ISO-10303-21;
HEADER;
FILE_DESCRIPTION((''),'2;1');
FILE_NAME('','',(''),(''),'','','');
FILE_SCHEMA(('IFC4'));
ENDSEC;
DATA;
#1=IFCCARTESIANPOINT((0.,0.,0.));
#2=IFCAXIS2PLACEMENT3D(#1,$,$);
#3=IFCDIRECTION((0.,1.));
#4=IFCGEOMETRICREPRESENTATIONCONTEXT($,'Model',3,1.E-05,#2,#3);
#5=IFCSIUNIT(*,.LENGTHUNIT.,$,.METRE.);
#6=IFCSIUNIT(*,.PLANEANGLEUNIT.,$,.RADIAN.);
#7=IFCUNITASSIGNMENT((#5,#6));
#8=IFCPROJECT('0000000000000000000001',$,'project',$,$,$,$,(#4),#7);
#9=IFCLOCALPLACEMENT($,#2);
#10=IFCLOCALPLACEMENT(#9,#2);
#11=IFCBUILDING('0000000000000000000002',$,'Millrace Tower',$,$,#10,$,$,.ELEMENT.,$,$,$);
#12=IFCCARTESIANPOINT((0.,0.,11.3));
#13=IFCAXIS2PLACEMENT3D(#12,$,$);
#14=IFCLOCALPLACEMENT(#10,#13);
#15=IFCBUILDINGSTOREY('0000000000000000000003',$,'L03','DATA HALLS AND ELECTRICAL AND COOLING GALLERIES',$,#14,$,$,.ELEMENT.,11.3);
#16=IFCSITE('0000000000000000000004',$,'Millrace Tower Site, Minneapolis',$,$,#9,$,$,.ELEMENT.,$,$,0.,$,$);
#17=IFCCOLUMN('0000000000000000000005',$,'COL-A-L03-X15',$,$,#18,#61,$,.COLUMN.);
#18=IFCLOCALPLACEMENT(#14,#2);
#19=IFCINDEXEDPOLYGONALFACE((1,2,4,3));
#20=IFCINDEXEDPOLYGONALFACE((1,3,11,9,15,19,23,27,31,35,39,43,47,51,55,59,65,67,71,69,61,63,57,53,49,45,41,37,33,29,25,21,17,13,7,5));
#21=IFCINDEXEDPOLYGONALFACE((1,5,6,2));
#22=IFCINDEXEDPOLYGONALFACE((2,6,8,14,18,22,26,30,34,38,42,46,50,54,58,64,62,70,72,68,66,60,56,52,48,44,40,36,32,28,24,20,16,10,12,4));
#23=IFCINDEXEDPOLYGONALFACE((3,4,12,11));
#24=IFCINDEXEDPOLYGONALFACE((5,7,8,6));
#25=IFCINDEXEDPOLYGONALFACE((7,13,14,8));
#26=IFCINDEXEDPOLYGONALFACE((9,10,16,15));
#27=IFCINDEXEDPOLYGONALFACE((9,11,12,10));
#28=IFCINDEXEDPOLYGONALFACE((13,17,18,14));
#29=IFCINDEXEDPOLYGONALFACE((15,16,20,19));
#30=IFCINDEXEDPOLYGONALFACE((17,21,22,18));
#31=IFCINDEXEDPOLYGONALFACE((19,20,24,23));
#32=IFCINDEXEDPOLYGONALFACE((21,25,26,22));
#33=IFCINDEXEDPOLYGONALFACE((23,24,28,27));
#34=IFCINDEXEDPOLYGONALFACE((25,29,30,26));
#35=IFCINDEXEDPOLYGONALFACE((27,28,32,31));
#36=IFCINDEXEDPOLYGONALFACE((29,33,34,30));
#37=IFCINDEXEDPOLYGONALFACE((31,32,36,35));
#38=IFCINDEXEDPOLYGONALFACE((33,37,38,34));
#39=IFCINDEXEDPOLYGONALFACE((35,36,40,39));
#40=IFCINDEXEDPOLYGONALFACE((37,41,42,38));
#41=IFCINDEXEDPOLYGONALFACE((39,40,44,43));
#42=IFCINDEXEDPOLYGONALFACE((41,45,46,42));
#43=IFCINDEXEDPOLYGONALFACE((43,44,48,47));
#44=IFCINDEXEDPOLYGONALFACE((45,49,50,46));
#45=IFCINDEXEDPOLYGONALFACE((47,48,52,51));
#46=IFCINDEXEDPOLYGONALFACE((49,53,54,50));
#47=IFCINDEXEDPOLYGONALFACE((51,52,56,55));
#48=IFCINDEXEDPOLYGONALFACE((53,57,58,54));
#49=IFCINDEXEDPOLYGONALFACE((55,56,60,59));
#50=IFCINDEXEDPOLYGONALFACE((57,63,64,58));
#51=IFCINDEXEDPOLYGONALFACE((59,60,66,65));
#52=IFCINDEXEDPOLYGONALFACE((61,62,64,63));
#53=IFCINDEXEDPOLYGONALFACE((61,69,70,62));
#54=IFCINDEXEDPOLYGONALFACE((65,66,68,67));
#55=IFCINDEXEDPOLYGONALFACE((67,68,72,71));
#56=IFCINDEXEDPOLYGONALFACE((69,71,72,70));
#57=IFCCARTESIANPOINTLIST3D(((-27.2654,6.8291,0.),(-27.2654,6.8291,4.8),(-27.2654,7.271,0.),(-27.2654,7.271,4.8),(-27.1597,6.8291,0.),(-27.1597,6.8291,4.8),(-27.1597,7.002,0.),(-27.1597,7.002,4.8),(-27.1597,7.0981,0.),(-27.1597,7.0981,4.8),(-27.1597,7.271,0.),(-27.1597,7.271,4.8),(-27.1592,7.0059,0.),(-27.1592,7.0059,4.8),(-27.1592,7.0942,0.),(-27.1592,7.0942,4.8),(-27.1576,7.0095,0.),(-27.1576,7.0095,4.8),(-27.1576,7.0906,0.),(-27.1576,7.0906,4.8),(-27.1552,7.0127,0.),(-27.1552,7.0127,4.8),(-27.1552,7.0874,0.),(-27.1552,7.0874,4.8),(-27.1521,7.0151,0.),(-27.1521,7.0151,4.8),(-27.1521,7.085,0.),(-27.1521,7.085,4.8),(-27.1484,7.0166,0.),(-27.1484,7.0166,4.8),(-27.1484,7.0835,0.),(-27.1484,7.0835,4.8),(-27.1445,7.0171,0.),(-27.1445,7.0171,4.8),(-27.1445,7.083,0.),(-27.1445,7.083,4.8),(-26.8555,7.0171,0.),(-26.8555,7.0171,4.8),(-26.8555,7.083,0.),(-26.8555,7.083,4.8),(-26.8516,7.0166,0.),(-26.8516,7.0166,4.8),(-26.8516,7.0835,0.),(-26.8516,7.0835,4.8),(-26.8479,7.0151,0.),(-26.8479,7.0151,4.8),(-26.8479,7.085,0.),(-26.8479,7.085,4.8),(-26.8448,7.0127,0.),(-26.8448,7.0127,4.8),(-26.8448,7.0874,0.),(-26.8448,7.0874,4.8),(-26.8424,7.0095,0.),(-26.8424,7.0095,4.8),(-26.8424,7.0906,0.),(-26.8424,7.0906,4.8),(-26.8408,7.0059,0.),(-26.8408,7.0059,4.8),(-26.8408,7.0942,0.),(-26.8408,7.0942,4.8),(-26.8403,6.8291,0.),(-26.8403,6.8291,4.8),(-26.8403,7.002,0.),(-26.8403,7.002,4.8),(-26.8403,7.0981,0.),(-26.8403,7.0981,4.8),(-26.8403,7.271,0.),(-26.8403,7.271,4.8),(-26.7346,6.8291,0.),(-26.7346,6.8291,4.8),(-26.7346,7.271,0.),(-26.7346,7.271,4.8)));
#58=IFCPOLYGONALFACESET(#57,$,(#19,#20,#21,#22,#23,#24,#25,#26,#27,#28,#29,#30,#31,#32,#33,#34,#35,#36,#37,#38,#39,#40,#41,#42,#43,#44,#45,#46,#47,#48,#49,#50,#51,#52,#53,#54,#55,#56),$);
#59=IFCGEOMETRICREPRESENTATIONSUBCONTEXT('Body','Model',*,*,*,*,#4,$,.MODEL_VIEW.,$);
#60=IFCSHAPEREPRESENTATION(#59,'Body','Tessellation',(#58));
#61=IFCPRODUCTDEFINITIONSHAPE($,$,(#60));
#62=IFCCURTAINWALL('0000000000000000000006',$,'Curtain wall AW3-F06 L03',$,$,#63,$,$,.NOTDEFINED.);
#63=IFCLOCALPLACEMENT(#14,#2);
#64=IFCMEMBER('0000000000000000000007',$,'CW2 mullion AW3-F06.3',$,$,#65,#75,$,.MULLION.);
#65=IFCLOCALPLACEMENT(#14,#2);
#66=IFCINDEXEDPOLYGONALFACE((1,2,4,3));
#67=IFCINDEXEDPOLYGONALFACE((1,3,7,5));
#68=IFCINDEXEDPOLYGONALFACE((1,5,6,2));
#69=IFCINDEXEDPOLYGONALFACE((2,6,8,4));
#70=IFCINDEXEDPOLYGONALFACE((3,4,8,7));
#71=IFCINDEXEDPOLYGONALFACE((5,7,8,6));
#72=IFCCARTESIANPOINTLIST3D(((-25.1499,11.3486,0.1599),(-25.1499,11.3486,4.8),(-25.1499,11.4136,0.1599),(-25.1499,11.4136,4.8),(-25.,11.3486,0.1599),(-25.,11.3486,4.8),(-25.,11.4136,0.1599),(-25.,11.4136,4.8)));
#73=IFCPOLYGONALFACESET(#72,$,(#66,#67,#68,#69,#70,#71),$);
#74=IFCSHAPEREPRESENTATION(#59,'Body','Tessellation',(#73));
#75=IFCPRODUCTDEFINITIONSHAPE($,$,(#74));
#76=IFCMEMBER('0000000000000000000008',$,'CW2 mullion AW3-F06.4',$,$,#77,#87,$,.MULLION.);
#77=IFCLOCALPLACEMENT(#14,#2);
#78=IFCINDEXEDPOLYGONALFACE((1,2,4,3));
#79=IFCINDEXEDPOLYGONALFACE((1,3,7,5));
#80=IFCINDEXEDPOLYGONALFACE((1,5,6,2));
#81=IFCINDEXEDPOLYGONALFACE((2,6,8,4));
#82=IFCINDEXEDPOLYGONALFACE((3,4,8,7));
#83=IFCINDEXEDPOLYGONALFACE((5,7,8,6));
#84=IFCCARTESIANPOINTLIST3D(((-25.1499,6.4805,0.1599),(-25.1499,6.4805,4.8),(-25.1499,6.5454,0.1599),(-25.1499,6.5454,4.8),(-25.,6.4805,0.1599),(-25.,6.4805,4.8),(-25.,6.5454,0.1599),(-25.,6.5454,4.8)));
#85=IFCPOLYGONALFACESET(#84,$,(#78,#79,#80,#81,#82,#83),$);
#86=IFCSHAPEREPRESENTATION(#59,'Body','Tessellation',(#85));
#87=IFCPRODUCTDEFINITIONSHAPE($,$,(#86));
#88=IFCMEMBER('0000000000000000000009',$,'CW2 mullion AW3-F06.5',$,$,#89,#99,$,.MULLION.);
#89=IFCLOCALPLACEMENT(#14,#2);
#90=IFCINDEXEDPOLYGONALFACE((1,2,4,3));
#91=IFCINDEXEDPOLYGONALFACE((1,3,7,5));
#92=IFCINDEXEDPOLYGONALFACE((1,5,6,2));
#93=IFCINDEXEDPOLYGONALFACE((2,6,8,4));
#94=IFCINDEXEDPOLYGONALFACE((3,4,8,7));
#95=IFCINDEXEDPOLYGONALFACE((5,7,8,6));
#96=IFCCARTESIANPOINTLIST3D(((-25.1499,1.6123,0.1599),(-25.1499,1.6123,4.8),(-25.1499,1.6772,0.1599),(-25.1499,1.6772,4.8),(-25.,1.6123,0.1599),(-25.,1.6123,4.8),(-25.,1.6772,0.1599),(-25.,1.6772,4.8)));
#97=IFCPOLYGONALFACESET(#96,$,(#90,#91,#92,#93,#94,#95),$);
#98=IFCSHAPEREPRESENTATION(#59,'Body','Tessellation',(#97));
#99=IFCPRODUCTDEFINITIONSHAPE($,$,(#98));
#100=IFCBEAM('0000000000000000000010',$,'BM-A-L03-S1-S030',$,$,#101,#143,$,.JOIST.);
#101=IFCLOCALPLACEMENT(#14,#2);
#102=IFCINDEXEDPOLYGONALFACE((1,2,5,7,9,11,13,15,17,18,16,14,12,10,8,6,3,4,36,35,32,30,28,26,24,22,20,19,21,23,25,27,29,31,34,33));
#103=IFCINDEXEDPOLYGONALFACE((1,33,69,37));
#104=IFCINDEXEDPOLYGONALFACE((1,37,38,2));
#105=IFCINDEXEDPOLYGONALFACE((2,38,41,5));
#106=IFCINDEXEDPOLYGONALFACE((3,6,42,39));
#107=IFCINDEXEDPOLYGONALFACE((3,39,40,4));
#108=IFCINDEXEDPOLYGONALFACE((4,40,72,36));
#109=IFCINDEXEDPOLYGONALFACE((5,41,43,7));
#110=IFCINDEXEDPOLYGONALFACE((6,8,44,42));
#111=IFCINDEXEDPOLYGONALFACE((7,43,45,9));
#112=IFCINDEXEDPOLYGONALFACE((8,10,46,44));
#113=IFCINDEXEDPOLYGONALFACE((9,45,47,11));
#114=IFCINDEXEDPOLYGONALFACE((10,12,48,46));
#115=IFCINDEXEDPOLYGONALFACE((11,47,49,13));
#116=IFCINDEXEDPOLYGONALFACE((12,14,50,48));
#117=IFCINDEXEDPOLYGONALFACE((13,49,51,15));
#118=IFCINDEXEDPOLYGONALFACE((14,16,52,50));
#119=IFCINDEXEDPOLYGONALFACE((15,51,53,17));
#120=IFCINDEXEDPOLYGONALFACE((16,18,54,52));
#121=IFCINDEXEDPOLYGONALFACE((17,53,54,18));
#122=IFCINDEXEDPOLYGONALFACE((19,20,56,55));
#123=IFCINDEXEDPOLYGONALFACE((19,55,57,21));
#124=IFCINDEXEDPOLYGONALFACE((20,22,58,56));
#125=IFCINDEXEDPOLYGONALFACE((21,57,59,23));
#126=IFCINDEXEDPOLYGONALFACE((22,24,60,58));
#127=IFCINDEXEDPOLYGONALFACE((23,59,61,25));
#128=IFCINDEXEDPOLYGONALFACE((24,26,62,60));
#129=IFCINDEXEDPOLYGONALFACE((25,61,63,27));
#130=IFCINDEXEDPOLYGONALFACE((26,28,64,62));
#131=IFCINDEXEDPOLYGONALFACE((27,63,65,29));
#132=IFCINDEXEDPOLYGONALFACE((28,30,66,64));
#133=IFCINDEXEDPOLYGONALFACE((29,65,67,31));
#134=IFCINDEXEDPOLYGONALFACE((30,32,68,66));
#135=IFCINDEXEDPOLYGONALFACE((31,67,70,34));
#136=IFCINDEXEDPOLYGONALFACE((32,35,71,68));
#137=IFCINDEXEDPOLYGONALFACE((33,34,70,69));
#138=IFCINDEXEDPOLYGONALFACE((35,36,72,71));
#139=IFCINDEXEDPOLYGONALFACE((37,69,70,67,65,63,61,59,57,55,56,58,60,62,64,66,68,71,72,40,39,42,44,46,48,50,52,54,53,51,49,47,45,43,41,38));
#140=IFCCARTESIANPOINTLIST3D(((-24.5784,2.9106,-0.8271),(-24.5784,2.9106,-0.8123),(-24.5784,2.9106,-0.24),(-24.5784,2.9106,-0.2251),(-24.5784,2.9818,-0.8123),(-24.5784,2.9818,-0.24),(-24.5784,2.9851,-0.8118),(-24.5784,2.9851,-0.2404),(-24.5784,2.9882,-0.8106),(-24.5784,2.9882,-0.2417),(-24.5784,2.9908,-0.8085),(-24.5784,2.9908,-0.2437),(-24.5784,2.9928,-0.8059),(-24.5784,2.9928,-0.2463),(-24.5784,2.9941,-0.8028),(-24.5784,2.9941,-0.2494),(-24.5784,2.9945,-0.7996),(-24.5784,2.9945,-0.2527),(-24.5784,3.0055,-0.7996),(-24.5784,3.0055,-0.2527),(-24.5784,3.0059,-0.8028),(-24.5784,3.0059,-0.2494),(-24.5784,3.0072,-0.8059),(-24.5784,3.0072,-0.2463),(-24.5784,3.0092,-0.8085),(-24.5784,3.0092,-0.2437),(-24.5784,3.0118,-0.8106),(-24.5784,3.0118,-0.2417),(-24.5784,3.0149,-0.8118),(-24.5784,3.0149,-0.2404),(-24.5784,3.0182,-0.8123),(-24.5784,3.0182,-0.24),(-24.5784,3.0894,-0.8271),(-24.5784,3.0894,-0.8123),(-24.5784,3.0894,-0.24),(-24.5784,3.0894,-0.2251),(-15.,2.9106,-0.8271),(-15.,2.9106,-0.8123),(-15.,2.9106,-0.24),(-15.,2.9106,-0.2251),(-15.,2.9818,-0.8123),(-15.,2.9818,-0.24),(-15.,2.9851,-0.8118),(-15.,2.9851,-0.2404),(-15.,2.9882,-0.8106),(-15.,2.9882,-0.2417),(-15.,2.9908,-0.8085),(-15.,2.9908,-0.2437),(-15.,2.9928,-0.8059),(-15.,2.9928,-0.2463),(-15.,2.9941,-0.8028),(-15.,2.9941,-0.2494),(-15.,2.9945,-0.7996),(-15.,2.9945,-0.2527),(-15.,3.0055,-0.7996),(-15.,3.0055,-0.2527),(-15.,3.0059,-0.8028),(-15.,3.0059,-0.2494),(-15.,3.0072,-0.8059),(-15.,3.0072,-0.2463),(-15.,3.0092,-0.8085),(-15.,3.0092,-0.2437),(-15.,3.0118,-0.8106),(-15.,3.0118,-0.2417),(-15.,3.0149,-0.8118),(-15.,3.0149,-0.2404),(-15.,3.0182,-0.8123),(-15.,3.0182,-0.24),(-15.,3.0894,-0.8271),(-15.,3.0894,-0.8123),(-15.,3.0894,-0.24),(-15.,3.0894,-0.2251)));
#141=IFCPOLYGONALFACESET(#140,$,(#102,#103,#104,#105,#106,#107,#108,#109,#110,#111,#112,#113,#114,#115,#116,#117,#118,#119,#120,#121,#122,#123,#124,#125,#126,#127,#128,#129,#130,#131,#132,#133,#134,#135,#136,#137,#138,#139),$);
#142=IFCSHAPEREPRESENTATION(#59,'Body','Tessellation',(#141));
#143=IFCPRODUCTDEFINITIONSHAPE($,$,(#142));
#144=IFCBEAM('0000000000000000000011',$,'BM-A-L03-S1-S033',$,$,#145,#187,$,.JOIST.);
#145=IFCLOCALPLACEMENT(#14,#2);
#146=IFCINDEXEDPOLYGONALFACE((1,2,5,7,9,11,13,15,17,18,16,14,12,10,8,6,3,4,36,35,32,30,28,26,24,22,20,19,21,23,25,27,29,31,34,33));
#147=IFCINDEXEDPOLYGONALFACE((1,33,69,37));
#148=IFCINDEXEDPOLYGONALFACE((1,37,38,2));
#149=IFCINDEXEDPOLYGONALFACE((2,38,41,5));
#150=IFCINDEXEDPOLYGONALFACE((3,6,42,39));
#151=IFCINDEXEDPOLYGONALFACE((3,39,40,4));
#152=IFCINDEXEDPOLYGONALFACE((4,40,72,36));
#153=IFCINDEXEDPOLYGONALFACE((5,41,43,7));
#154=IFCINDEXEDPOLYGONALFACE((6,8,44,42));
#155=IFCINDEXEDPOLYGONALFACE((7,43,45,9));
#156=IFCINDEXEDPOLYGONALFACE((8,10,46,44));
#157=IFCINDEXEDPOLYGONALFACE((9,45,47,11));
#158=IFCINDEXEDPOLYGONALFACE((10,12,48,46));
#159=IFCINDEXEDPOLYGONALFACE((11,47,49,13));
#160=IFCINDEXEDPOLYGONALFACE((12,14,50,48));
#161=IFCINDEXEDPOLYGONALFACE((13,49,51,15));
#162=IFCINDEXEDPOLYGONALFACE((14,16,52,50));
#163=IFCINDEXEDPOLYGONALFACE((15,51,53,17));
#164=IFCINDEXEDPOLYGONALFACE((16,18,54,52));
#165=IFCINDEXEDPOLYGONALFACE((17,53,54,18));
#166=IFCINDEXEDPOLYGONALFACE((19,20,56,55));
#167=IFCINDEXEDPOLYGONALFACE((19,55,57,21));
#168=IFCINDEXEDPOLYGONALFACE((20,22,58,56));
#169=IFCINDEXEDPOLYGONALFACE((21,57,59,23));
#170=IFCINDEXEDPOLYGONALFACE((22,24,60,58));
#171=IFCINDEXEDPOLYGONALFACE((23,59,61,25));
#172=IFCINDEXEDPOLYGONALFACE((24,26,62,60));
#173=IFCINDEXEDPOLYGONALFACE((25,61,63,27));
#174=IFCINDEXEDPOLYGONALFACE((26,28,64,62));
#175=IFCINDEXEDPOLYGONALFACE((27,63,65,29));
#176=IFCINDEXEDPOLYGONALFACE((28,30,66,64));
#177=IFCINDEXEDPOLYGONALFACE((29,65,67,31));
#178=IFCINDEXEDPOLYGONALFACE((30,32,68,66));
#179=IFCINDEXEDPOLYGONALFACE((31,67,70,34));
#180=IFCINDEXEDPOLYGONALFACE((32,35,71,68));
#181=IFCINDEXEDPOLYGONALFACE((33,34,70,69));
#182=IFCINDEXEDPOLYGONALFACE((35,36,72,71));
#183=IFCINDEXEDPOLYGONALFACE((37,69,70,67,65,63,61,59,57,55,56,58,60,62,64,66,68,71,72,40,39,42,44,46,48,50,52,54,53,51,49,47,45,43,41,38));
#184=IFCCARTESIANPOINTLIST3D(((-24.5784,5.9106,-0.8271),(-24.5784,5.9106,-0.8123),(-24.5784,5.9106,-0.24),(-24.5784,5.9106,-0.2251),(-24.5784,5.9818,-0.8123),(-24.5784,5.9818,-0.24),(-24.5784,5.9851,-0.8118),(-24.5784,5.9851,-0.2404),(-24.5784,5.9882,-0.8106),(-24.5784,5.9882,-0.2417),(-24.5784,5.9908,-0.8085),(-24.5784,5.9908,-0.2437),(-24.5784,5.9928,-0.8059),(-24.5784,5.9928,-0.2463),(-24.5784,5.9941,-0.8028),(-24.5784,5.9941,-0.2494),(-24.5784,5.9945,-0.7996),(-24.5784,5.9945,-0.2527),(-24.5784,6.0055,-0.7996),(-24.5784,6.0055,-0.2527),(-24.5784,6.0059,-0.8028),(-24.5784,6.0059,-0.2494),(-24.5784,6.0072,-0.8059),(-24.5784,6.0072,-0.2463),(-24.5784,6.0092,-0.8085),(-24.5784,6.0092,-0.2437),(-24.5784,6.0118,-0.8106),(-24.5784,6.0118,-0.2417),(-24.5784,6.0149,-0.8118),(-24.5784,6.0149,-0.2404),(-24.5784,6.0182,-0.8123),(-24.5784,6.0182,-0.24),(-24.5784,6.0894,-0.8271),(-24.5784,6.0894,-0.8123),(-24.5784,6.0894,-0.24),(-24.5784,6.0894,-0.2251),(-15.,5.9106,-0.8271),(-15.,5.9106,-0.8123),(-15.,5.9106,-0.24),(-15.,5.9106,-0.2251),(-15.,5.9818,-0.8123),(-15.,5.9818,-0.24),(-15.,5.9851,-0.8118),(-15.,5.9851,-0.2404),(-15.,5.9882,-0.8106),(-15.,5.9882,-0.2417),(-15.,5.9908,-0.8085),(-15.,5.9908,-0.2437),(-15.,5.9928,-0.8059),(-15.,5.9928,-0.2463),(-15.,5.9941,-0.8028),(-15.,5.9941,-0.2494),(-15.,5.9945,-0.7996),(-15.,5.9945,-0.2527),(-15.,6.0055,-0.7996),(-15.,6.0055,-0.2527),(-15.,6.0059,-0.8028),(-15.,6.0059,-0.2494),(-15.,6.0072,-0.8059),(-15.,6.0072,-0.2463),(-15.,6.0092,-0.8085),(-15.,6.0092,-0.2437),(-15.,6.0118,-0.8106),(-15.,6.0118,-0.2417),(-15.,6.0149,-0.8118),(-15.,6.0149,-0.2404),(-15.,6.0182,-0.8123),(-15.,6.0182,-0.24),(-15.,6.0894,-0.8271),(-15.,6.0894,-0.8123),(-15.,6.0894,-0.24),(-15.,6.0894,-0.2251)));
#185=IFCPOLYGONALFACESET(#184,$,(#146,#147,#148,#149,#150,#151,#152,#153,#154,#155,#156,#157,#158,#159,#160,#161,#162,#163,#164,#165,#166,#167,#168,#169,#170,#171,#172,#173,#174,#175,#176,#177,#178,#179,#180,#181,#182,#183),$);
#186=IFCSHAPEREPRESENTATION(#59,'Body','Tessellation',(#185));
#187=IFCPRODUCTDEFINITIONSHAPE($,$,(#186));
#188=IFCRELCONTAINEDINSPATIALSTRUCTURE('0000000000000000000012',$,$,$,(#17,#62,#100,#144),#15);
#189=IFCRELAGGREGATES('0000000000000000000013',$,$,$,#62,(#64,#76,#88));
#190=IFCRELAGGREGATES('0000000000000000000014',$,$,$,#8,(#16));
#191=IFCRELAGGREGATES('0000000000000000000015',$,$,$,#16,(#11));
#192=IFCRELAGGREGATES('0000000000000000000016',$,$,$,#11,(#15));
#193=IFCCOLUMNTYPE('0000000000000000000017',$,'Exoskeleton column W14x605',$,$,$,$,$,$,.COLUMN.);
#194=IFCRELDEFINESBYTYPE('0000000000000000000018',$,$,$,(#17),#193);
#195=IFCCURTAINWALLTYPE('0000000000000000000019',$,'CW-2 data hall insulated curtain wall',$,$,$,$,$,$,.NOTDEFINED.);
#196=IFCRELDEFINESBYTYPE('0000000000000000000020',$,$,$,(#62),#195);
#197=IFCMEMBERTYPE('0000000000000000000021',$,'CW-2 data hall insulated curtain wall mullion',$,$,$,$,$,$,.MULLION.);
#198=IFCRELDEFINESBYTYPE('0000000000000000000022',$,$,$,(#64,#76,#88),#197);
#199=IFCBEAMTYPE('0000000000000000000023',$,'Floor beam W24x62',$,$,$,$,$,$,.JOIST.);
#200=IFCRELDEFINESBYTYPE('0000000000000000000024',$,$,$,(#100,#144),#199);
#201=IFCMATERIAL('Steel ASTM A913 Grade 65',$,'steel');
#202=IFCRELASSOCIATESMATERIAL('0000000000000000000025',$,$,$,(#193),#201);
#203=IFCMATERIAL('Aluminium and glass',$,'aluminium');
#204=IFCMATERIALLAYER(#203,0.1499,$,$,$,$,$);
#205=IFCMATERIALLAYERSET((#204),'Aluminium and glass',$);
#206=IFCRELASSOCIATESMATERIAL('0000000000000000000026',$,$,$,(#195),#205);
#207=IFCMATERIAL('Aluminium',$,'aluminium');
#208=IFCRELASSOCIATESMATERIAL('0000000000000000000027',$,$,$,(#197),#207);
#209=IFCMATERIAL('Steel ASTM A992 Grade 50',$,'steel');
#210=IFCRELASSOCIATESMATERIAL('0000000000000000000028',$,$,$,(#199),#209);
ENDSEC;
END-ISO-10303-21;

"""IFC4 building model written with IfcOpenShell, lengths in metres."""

from ifc_helpers import new_model, si_unit, direction, frame, origin, origin_2d, place, context, subcontext, project, spatial, rectangle, i_section, extrude, material, layer, layer_set, material_profile, profile_set, type_object, element, aggregate, save


model = new_model("IFC4")

# Units and contexts
model_context = context("Model", 3, precision=1e-05, world=origin(), true_north=direction((0.0, 1.0)))
body_context = subcontext(model_context, "Body", "Model", "MODEL_VIEW")
ifc_project = project(units=[si_unit("LENGTHUNIT", "METRE"), si_unit("PLANEANGLEUNIT", "RADIAN")], contexts=[model_context])

# Site, building, storey
site_placement = place(None, origin())
site = spatial("IfcSite", under=ifc_project, at=site_placement, Name="Millrace Tower Site, Minneapolis", CompositionType="ELEMENT", RefElevation=0.0)
building_placement = place(site_placement, origin())
building = spatial("IfcBuilding", under=site, at=building_placement, Name="Millrace Tower", CompositionType="ELEMENT")
storey_placement = place(building_placement, frame((0.0, 0.0, 11.3)))
storey = spatial("IfcBuildingStorey", under=building, at=storey_placement, Name="L03", Description="DATA HALLS AND ELECTRICAL AND COOLING GALLERIES", CompositionType="ELEMENT", Elevation=11.3)

# Column
ifc_material_1 = material(Name="Steel ASTM A913 Grade 65", Category="steel")
ifc_material_profile_1 = material_profile(ifc_material_1, i_section(OverallWidth=0.4419, OverallDepth=0.5308, WebThickness=0.0659, FlangeThickness=0.1057, FilletRadius=0.0151, at=origin_2d()))
ifc_profile_set_1 = profile_set([ifc_material_profile_1], Name="Steel ASTM A913 Grade 65")
column_type = type_object("IfcColumnType", Name="Exoskeleton column W14x605", PredefinedType="COLUMN", material=ifc_profile_set_1)
column_placement = place(storey_placement, frame((-27.0, 7.05, 0.0), z_axis=(0.0, 0.0, 1.0), x_axis=(0.0, -1.0, 0.0)))
element("IfcColumn", 1, at=column_placement, inside=storey, type_object=column_type, Name="COL-A-L03-X15", PredefinedType="COLUMN", context=body_context, shape_type="SweptSolid", body=[
    extrude(i_section(OverallWidth=0.4419, OverallDepth=0.5308, WebThickness=0.0659, FlangeThickness=0.1057, FilletRadius=0.0151, at=origin_2d()), origin(), (0.0, 0.0, 1.0), 4.8),
])

# Curtain wall, members
ifc_material_2 = material(Name="Aluminium and glass", Category="aluminium")
ifc_layer_1 = layer(ifc_material_2, 0.1499)
ifc_layer_set_1 = layer_set([ifc_layer_1], Name="Aluminium and glass")
curtain_wall_type = type_object("IfcCurtainWallType", Name="CW-2 data hall insulated curtain wall", PredefinedType="NOTDEFINED", material=ifc_layer_set_1)
curtain_wall_placement = place(storey_placement, origin())
curtain_wall = element("IfcCurtainWall", 2, at=curtain_wall_placement, inside=storey, type_object=curtain_wall_type, Name="Curtain wall AW3-F06 L03", PredefinedType="NOTDEFINED")
ifc_material_3 = material(Name="Aluminium", Category="aluminium")
ifc_material_profile_2 = material_profile(ifc_material_3, rectangle(XDim=0.0649, YDim=0.1499, at=origin_2d()))
ifc_profile_set_2 = profile_set([ifc_material_profile_2], Name="Aluminium")
member_type = type_object("IfcMemberType", Name="CW-2 data hall insulated curtain wall mullion", PredefinedType="MULLION", material=ifc_profile_set_2)
member_1_placement = place(storey_placement, frame((-25.075, 11.3811, 0.1599), z_axis=(0.0, 0.0, 1.0), x_axis=(0.0, -1.0, 0.0)))
member_1 = element("IfcMember", 3, at=member_1_placement, type_object=member_type, Name="CW2 mullion AW3-F06.3", PredefinedType="MULLION", context=body_context, shape_type="SweptSolid", body=[
    extrude(rectangle(XDim=0.0649, YDim=0.1499, at=origin_2d()), origin(), (0.0, 0.0, 1.0), 4.6401),
])
member_2_placement = place(storey_placement, frame((-25.075, 6.5129, 0.1599), z_axis=(0.0, 0.0, 1.0), x_axis=(0.0, -1.0, 0.0)))
member_2 = element("IfcMember", 4, at=member_2_placement, type_object=member_type, Name="CW2 mullion AW3-F06.4", PredefinedType="MULLION", context=body_context, shape_type="SweptSolid", body=[
    extrude(rectangle(XDim=0.0649, YDim=0.1499, at=origin_2d()), origin(), (0.0, 0.0, 1.0), 4.6401),
])
member_3_placement = place(storey_placement, frame((-25.075, 1.6448, 0.1599), z_axis=(0.0, 0.0, 1.0), x_axis=(0.0, -1.0, 0.0)))
member_3 = element("IfcMember", 5, at=member_3_placement, type_object=member_type, Name="CW2 mullion AW3-F06.5", PredefinedType="MULLION", context=body_context, shape_type="SweptSolid", body=[
    extrude(rectangle(XDim=0.0649, YDim=0.1499, at=origin_2d()), origin(), (0.0, 0.0, 1.0), 4.6401),
])
aggregate(curtain_wall, [member_1, member_2, member_3])

# Beams
ifc_material_4 = material(Name="Steel ASTM A992 Grade 50", Category="steel")
ifc_material_profile_3 = material_profile(ifc_material_4, i_section(OverallWidth=0.1787, OverallDepth=0.6021, WebThickness=0.011, FlangeThickness=0.0149, FilletRadius=0.0127, at=origin_2d()))
ifc_profile_set_3 = profile_set([ifc_material_profile_3], Name="Steel ASTM A992 Grade 50")
beam_type_1 = type_object("IfcBeamType", Name="Floor beam W24x62", PredefinedType="JOIST", material=ifc_profile_set_3)
for number, where, z_axis, x_axis, name in (
    (6, (-24.5784, 3.0, -0.5261), (1.0, 0.0, 0.0), (0.0, 1.0, 0.0), "BM-A-L03-S1-S030"),
    (7, (-24.5784, 6.0, -0.5261), (1.0, 0.0, 0.0), (0.0, 1.0, 0.0), "BM-A-L03-S1-S033"),
):
    element("IfcBeam", number, at=place(storey_placement, frame(where, z_axis=z_axis, x_axis=x_axis)), inside=storey, type_object=beam_type_1, Name=name, PredefinedType="JOIST", context=body_context, shape_type="SweptSolid", body=[
        extrude(i_section(OverallWidth=0.1787, OverallDepth=0.6021, WebThickness=0.011, FlangeThickness=0.0149, FilletRadius=0.0127, at=origin_2d()), origin(), (0.0, 0.0, 1.0), 9.5784),
    ])

save(model, "model.ifc")
